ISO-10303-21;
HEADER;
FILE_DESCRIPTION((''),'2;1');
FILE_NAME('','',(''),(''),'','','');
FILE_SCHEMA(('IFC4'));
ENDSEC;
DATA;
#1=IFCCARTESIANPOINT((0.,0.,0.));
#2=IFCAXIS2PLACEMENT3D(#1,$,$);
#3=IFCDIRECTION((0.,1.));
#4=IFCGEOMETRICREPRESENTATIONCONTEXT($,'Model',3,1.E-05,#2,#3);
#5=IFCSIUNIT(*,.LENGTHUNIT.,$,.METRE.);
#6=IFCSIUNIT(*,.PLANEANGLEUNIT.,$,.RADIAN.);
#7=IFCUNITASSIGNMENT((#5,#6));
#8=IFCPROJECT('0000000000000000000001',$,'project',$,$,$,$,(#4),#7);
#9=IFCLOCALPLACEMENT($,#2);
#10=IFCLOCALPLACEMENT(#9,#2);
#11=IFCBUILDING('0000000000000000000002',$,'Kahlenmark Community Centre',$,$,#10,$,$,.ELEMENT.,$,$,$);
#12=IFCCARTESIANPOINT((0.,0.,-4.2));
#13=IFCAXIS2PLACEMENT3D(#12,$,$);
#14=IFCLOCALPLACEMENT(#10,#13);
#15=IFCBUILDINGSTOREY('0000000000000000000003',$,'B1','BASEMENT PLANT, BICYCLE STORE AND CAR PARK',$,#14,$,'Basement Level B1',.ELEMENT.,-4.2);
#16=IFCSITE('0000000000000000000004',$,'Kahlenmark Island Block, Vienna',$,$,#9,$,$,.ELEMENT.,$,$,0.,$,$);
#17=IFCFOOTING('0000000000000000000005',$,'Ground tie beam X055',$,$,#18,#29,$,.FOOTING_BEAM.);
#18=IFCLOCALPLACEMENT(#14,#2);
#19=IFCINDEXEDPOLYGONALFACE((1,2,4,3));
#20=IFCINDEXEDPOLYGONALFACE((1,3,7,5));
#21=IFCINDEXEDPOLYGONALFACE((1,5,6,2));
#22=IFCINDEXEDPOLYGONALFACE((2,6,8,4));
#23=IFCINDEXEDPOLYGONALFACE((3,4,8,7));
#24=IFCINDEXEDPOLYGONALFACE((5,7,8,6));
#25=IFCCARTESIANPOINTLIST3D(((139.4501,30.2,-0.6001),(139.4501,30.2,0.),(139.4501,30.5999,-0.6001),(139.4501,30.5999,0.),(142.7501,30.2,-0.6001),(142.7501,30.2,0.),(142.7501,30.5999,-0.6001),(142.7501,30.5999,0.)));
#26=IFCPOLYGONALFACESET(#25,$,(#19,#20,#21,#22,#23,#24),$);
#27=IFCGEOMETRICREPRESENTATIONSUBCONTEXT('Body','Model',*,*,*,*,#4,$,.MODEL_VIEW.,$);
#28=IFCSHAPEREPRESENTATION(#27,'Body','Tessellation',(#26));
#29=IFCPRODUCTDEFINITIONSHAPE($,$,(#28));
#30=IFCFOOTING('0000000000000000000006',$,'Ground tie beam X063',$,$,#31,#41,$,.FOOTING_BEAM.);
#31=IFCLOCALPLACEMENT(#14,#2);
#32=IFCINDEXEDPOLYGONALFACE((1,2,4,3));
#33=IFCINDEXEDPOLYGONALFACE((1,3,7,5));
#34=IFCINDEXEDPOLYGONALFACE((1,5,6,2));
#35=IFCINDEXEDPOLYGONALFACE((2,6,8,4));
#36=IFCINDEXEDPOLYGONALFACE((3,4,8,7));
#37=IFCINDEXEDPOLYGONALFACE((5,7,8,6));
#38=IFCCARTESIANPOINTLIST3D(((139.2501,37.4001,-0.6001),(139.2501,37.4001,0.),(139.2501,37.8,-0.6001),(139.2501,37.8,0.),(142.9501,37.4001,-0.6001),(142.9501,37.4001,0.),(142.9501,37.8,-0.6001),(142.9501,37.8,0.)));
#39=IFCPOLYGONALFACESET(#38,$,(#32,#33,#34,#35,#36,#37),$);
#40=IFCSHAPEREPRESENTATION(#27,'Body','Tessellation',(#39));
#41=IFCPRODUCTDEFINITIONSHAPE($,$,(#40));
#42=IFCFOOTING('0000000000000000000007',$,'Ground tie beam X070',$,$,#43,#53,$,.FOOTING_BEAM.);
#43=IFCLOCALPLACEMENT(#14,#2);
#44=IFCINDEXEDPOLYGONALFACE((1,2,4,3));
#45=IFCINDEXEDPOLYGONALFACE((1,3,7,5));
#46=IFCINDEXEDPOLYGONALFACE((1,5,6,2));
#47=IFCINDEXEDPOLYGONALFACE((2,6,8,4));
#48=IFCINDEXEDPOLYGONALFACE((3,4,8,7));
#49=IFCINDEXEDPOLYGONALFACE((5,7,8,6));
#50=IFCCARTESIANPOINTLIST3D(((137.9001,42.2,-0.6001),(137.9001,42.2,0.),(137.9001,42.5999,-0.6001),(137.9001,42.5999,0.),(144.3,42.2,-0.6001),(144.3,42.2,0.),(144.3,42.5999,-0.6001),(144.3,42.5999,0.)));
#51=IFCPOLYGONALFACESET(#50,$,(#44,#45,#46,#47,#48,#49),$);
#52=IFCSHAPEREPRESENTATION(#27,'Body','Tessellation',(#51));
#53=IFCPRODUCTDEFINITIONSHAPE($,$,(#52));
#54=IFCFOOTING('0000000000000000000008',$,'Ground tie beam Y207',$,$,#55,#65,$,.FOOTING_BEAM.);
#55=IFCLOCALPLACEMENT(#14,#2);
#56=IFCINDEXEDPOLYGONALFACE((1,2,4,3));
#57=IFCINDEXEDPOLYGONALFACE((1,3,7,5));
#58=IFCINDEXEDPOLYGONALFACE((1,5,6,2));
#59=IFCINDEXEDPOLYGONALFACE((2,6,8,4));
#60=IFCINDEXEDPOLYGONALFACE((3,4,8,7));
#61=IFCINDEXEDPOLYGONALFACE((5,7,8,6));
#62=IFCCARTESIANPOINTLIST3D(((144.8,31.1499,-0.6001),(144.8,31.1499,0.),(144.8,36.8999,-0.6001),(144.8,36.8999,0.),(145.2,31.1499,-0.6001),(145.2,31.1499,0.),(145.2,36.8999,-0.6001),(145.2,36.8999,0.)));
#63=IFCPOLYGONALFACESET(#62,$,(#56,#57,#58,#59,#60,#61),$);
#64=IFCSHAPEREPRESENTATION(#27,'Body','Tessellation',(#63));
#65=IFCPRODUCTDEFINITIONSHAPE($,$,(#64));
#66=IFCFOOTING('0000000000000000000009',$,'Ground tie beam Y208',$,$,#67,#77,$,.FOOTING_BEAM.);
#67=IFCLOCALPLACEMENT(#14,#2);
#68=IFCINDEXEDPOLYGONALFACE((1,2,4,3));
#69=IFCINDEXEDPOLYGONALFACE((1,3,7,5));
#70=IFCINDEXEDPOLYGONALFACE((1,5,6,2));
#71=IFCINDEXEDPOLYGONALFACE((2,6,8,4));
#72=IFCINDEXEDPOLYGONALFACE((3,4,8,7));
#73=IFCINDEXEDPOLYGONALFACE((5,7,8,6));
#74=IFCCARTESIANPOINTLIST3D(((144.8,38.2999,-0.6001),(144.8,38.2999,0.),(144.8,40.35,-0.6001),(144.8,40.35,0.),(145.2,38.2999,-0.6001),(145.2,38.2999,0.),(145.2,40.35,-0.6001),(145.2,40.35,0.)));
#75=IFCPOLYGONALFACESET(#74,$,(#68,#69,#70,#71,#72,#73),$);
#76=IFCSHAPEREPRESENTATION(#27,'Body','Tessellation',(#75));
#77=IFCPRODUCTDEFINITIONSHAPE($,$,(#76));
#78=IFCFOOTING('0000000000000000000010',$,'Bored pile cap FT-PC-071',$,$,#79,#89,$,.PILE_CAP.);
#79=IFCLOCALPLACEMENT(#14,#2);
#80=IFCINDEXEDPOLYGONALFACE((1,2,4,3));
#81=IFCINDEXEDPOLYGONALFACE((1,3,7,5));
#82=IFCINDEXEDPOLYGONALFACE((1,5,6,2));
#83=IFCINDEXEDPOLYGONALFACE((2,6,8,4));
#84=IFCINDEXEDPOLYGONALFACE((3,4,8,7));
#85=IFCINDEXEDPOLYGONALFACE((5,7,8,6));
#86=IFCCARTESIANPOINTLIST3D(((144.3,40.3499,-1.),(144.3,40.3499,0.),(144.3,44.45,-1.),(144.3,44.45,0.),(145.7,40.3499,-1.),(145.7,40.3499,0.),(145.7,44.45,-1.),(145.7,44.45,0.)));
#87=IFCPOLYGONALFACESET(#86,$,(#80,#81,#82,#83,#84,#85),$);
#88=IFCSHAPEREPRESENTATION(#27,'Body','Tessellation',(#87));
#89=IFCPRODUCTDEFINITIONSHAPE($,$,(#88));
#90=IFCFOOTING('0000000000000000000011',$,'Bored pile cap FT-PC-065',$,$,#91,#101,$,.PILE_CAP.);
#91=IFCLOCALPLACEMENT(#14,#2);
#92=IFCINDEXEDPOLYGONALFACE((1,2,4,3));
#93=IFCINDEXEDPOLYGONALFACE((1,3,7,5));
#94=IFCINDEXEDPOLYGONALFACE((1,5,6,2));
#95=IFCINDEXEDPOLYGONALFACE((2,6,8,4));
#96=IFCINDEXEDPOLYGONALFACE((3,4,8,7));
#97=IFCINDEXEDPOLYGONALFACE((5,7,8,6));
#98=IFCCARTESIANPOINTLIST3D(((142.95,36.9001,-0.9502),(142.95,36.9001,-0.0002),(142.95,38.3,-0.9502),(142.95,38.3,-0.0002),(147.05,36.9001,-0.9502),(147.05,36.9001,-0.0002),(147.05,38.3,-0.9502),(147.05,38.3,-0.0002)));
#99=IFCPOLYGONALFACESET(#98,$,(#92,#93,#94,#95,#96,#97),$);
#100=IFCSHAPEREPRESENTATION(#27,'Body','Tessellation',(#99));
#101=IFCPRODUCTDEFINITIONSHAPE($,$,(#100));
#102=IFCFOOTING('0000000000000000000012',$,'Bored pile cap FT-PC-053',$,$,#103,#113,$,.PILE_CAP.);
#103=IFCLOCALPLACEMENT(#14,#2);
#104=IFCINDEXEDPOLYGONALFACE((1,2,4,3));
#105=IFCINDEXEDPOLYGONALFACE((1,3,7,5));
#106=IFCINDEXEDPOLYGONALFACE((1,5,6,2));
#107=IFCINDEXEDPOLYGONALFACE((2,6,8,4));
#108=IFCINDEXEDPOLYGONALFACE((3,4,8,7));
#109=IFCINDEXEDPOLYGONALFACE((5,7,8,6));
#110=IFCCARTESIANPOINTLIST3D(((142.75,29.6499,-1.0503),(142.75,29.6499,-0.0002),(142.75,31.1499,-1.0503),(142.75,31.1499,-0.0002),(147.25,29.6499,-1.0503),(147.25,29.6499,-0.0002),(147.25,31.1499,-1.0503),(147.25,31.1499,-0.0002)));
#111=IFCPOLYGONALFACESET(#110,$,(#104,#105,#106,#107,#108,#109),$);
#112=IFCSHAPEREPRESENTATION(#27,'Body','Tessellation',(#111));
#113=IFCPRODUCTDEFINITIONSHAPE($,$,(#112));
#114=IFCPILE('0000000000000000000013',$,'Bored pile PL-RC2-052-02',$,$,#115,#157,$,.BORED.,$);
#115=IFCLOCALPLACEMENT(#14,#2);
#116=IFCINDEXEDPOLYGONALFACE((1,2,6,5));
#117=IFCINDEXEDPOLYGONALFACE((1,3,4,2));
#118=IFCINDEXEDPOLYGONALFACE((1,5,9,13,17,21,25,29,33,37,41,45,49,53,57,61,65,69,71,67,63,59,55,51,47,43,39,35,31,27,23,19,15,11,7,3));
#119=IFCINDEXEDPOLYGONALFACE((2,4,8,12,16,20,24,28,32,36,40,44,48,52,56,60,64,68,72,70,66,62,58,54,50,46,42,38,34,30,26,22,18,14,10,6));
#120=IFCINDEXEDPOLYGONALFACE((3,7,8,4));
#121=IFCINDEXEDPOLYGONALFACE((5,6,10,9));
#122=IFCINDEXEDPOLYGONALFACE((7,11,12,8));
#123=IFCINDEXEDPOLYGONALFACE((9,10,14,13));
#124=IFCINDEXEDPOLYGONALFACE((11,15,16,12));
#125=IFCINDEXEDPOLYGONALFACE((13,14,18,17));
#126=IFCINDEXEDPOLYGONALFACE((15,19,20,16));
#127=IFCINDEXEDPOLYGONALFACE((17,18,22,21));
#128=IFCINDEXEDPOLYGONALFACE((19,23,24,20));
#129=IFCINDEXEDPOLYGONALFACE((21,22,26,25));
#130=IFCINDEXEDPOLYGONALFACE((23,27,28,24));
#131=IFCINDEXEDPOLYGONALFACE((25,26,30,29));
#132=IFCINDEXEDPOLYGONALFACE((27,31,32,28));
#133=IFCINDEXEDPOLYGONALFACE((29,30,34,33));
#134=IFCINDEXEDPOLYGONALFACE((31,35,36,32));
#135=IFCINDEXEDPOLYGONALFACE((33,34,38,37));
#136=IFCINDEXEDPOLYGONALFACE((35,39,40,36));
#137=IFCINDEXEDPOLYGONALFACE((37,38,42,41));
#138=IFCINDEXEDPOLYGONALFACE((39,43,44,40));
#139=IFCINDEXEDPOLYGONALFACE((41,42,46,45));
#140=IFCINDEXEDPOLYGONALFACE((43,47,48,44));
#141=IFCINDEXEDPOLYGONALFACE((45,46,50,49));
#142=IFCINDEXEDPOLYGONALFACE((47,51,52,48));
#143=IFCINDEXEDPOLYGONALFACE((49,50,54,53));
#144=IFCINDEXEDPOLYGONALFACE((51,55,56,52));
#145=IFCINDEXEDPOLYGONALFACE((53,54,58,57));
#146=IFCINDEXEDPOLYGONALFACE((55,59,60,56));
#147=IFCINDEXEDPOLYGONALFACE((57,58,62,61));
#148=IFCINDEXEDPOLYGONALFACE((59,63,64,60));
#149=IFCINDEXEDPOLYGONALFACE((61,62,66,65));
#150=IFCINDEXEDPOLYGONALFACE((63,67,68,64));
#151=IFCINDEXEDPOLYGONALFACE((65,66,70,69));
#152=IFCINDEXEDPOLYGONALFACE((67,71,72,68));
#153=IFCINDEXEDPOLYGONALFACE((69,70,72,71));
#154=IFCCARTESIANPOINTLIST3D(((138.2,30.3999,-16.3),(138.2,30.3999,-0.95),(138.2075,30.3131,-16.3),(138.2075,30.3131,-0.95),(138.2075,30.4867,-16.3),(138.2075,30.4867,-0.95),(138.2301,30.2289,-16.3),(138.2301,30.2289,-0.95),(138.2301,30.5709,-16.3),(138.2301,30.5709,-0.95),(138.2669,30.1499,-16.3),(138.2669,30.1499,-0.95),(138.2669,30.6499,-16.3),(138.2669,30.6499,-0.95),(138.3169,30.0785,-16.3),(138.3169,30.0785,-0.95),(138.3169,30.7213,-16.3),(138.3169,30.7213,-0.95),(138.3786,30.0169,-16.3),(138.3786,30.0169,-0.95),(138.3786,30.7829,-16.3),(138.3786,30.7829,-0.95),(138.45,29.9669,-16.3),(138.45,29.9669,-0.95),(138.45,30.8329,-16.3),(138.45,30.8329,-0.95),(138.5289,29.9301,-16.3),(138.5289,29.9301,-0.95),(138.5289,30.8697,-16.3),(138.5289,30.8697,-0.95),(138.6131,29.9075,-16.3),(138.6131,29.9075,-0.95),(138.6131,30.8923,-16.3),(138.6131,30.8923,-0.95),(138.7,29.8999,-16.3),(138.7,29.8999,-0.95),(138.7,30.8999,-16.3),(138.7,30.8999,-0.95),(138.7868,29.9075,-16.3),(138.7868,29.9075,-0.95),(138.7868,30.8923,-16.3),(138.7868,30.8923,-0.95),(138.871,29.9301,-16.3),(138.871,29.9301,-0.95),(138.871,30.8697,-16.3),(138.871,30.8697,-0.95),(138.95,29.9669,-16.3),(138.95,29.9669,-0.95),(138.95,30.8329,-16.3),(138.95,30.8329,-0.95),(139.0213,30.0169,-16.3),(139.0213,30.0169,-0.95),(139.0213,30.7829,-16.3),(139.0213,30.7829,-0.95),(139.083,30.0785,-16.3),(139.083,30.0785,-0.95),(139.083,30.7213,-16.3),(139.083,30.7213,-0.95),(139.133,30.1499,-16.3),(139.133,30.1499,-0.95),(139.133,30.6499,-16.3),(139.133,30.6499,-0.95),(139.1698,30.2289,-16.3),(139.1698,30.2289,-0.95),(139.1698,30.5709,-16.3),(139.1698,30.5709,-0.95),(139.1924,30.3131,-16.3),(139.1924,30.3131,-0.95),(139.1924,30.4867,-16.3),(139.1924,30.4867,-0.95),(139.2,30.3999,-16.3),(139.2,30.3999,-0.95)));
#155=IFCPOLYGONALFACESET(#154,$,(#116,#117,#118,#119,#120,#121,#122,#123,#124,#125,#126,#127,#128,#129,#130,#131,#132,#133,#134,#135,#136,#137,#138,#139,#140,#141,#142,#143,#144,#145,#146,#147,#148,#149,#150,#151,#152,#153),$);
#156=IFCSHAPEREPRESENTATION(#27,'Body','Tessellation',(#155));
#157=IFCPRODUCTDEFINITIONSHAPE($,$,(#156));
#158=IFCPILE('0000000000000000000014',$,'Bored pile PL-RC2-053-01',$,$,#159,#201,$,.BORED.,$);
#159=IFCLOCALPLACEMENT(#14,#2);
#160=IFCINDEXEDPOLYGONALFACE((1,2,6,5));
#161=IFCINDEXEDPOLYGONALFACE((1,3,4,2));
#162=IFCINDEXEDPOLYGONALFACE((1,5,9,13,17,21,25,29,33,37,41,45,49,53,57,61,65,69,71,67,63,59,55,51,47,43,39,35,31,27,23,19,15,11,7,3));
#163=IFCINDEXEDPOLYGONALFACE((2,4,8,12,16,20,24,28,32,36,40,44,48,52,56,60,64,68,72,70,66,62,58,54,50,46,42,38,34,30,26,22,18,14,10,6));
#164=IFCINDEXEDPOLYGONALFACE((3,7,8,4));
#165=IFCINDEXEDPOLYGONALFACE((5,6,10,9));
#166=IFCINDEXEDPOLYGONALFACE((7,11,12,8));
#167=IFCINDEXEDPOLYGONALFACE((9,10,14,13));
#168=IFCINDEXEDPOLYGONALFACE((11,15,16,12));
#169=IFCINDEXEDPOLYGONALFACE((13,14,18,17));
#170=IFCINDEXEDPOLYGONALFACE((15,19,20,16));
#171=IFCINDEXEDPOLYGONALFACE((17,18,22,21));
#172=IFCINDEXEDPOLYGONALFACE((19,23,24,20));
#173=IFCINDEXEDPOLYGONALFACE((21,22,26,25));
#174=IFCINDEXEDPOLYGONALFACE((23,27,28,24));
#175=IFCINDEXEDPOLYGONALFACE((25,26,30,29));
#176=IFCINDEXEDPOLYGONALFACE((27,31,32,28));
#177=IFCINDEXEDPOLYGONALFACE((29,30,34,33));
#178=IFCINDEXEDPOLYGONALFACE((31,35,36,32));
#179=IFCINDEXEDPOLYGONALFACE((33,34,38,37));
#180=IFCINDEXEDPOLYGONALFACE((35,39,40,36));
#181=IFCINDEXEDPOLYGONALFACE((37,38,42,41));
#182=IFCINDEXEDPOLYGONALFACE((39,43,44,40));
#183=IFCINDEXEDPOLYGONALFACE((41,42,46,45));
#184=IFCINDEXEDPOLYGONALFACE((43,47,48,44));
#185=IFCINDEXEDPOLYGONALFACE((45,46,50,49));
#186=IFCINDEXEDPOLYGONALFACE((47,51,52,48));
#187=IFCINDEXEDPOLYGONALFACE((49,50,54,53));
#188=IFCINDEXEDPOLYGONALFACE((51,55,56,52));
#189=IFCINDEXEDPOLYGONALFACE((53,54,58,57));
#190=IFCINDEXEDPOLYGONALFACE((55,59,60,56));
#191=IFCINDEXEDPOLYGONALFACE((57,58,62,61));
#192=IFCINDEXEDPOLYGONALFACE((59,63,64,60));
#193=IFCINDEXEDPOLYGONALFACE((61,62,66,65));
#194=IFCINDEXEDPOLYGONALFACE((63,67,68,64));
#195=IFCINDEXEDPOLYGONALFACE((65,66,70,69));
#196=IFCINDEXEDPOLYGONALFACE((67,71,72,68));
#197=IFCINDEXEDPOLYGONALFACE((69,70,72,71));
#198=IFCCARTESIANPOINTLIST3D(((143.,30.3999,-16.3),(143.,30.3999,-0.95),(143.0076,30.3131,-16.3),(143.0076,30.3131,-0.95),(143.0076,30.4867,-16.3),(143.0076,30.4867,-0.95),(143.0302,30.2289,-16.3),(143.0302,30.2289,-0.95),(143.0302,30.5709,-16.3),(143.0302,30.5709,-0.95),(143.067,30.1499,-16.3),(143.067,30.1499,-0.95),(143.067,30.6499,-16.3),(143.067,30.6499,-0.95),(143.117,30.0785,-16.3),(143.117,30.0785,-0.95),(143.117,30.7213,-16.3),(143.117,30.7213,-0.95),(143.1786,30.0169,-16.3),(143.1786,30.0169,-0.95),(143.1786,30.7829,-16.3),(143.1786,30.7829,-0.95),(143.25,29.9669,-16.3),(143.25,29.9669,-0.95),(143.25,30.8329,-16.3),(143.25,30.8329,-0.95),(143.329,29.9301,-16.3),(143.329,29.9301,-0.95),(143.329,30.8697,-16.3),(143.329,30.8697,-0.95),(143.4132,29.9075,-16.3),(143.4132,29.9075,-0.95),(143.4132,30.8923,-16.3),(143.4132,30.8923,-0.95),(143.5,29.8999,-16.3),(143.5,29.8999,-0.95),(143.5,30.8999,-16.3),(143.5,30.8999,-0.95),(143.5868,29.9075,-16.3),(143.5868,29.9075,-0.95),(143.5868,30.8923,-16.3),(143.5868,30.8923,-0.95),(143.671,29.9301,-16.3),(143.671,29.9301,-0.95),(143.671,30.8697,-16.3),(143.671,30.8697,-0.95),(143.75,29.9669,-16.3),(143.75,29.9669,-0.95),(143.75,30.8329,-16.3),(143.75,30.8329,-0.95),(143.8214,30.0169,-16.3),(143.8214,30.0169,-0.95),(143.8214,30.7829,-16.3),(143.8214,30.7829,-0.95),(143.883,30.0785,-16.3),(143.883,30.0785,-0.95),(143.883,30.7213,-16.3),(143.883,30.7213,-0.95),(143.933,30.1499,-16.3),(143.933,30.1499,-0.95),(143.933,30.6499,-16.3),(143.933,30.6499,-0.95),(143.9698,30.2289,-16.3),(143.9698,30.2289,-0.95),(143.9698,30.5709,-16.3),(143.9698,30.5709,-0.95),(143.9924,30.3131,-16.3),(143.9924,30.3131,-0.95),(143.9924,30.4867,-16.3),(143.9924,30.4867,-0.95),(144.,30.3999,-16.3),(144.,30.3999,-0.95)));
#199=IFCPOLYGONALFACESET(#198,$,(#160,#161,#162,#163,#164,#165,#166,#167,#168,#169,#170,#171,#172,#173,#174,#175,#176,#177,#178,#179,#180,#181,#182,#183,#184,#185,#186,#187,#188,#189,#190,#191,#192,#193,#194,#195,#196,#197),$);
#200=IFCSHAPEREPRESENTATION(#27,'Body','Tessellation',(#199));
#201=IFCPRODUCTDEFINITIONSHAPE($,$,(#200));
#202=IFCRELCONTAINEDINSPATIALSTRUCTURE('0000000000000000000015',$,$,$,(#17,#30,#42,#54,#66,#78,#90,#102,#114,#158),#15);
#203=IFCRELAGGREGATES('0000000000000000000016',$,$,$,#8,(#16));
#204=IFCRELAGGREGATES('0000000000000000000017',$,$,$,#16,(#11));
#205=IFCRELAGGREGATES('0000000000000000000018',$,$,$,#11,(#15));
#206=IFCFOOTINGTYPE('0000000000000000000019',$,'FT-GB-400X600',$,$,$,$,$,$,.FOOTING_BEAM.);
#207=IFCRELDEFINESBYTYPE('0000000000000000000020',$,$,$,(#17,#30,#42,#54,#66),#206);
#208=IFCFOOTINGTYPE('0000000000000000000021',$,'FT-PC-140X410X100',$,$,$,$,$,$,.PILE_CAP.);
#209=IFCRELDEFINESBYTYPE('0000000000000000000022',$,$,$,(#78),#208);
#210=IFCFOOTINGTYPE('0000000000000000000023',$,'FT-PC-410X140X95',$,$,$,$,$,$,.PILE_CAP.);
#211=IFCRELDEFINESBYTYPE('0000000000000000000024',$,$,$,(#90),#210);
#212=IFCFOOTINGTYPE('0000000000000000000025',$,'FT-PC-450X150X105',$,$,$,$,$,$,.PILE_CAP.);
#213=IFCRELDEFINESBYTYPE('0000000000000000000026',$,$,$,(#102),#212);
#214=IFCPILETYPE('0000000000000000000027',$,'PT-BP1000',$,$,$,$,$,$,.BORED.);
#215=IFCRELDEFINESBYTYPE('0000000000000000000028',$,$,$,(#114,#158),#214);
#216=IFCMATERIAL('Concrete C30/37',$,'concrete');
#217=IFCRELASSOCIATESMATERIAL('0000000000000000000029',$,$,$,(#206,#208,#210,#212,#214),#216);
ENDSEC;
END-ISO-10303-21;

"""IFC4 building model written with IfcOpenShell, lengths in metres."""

from ifc_helpers import new_model, si_unit, direction, frame, origin, origin_2d, place, context, subcontext, project, spatial, rectangle, circle, extrude, material, material_profile, profile_set, type_object, element, save


model = new_model("IFC4")

# Units and contexts
model_context = context("Model", 3, precision=1e-05, world=origin(), true_north=direction((0.0, 1.0)))
body_context = subcontext(model_context, "Body", "Model", "MODEL_VIEW")
ifc_project = project(units=[si_unit("LENGTHUNIT", "METRE"), si_unit("PLANEANGLEUNIT", "RADIAN")], contexts=[model_context])

# Site, building, storey
site_placement = place(None, origin())
site = spatial("IfcSite", under=ifc_project, at=site_placement, Name="Kahlenmark Island Block, Vienna", CompositionType="ELEMENT", RefElevation=0.0)
building_placement = place(site_placement, origin())
building = spatial("IfcBuilding", under=site, at=building_placement, Name="Kahlenmark Community Centre", CompositionType="ELEMENT")
storey_placement = place(building_placement, frame((0.0, 0.0, -4.2)))
storey = spatial("IfcBuildingStorey", under=building, at=storey_placement, Name="B1", Description="BASEMENT PLANT, BICYCLE STORE AND CAR PARK", LongName="Basement Level B1", CompositionType="ELEMENT", Elevation=-4.2)

# Footings
ifc_material_1 = material(Name="Concrete C30/37", Category="concrete")
footing_type_1 = type_object("IfcFootingType", Name="FT-GB-400X600", PredefinedType="FOOTING_BEAM", material=ifc_material_1)
footing_1_placement = place(storey_placement, frame((141.1001, 30.3999, -0.6001), z_axis=(0.0, 0.0, 1.0), x_axis=(1.0, 0.0, 0.0)))
element("IfcFooting", 1, at=footing_1_placement, inside=storey, type_object=footing_type_1, Name="Ground tie beam X055", PredefinedType="FOOTING_BEAM", context=body_context, shape_type="SweptSolid", body=[
    extrude(rectangle(XDim=3.3, YDim=0.3999, at=origin_2d()), origin(), (0.0, 0.0, 1.0), 0.6001),
])
footing_2_placement = place(storey_placement, frame((141.1001, 37.6001, -0.6001), z_axis=(0.0, 0.0, 1.0), x_axis=(1.0, 0.0, 0.0)))
element("IfcFooting", 2, at=footing_2_placement, inside=storey, type_object=footing_type_1, Name="Ground tie beam X063", PredefinedType="FOOTING_BEAM", context=body_context, shape_type="SweptSolid", body=[
    extrude(rectangle(XDim=3.7, YDim=0.3999, at=origin_2d()), origin(), (0.0, 0.0, 1.0), 0.6001),
])
footing_3_placement = place(storey_placement, frame((141.1001, 42.3999, -0.6001), z_axis=(0.0, 0.0, 1.0), x_axis=(1.0, 0.0, 0.0)))
element("IfcFooting", 3, at=footing_3_placement, inside=storey, type_object=footing_type_1, Name="Ground tie beam X070", PredefinedType="FOOTING_BEAM", context=body_context, shape_type="SweptSolid", body=[
    extrude(rectangle(XDim=6.3999, YDim=0.3999, at=origin_2d()), origin(), (0.0, 0.0, 1.0), 0.6001),
])
footing_4_placement = place(storey_placement, frame((145.0, 34.0249, -0.6001), z_axis=(0.0, 0.0, 1.0), x_axis=(1.0, 0.0, 0.0)))
element("IfcFooting", 4, at=footing_4_placement, inside=storey, type_object=footing_type_1, Name="Ground tie beam Y207", PredefinedType="FOOTING_BEAM", context=body_context, shape_type="SweptSolid", body=[
    extrude(rectangle(XDim=0.3999, YDim=5.75, at=origin_2d()), origin(), (0.0, 0.0, 1.0), 0.6001),
])
footing_5_placement = place(storey_placement, frame((145.0, 39.325, -0.6001), z_axis=(0.0, 0.0, 1.0), x_axis=(1.0, 0.0, 0.0)))
element("IfcFooting", 5, at=footing_5_placement, inside=storey, type_object=footing_type_1, Name="Ground tie beam Y208", PredefinedType="FOOTING_BEAM", context=body_context, shape_type="SweptSolid", body=[
    extrude(rectangle(XDim=0.3999, YDim=2.05, at=origin_2d()), origin(), (0.0, 0.0, 1.0), 0.6001),
])
footing_type_2 = type_object("IfcFootingType", Name="FT-PC-140X410X100", PredefinedType="PILE_CAP", material=ifc_material_1)
footing_6_placement = place(storey_placement, frame((145.0, 42.3999, -1.0), z_axis=(0.0, 0.0, 1.0), x_axis=(1.0, 0.0, 0.0)))
element("IfcFooting", 6, at=footing_6_placement, inside=storey, type_object=footing_type_2, Name="Bored pile cap FT-PC-071", PredefinedType="PILE_CAP", context=body_context, shape_type="SweptSolid", body=[
    extrude(rectangle(XDim=1.3999, YDim=4.1001, at=origin_2d()), origin(), (0.0, 0.0, 1.0), 1.0),
])
footing_type_3 = type_object("IfcFootingType", Name="FT-PC-410X140X95", PredefinedType="PILE_CAP", material=ifc_material_1)
footing_7_placement = place(storey_placement, frame((145.0, 37.6001, -0.9502), z_axis=(0.0, 0.0, 1.0), x_axis=(1.0, 0.0, 0.0)))
element("IfcFooting", 7, at=footing_7_placement, inside=storey, type_object=footing_type_3, Name="Bored pile cap FT-PC-065", PredefinedType="PILE_CAP", context=body_context, shape_type="SweptSolid", body=[
    extrude(rectangle(XDim=4.1001, YDim=1.3999, at=origin_2d()), origin(), (0.0, 0.0, 1.0), 0.95),
])
footing_type_4 = type_object("IfcFootingType", Name="FT-PC-450X150X105", PredefinedType="PILE_CAP", material=ifc_material_1)
footing_8_placement = place(storey_placement, frame((145.0, 30.3999, -1.0503), z_axis=(0.0, 0.0, 1.0), x_axis=(1.0, 0.0, 0.0)))
element("IfcFooting", 8, at=footing_8_placement, inside=storey, type_object=footing_type_4, Name="Bored pile cap FT-PC-053", PredefinedType="PILE_CAP", context=body_context, shape_type="SweptSolid", body=[
    extrude(rectangle(XDim=4.5, YDim=1.5, at=origin_2d()), origin(), (0.0, 0.0, 1.0), 1.05),
])

# Piles
ifc_material_profile_1 = material_profile(ifc_material_1, circle(Radius=0.5, at=origin_2d()), Name="BORED PILE 1000")
ifc_profile_set_1 = profile_set([ifc_material_profile_1], Name="Concrete C30/37")
pile_type_1 = type_object("IfcPileType", Name="PT-BP1000", PredefinedType="BORED", material=ifc_profile_set_1)
for number, where, z_axis, x_axis, name in (
    (9, (138.7, 30.3999, -0.95), (0.0, 0.0, -1.0), (1.0, 0.0, 0.0), "Bored pile PL-RC2-052-02"),
    (10, (143.5, 30.3999, -0.95), (0.0, 0.0, -1.0), (1.0, 0.0, 0.0), "Bored pile PL-RC2-053-01"),
):
    element("IfcPile", number, at=place(storey_placement, frame(where, z_axis=z_axis, x_axis=x_axis)), inside=storey, type_object=pile_type_1, Name=name, PredefinedType="BORED", context=body_context, shape_type="SweptSolid", body=[
        extrude(circle(Radius=0.5, at=origin_2d()), origin(), (0.0, 0.0, 1.0), 15.3501),
    ])

save(model, "model.ifc")
